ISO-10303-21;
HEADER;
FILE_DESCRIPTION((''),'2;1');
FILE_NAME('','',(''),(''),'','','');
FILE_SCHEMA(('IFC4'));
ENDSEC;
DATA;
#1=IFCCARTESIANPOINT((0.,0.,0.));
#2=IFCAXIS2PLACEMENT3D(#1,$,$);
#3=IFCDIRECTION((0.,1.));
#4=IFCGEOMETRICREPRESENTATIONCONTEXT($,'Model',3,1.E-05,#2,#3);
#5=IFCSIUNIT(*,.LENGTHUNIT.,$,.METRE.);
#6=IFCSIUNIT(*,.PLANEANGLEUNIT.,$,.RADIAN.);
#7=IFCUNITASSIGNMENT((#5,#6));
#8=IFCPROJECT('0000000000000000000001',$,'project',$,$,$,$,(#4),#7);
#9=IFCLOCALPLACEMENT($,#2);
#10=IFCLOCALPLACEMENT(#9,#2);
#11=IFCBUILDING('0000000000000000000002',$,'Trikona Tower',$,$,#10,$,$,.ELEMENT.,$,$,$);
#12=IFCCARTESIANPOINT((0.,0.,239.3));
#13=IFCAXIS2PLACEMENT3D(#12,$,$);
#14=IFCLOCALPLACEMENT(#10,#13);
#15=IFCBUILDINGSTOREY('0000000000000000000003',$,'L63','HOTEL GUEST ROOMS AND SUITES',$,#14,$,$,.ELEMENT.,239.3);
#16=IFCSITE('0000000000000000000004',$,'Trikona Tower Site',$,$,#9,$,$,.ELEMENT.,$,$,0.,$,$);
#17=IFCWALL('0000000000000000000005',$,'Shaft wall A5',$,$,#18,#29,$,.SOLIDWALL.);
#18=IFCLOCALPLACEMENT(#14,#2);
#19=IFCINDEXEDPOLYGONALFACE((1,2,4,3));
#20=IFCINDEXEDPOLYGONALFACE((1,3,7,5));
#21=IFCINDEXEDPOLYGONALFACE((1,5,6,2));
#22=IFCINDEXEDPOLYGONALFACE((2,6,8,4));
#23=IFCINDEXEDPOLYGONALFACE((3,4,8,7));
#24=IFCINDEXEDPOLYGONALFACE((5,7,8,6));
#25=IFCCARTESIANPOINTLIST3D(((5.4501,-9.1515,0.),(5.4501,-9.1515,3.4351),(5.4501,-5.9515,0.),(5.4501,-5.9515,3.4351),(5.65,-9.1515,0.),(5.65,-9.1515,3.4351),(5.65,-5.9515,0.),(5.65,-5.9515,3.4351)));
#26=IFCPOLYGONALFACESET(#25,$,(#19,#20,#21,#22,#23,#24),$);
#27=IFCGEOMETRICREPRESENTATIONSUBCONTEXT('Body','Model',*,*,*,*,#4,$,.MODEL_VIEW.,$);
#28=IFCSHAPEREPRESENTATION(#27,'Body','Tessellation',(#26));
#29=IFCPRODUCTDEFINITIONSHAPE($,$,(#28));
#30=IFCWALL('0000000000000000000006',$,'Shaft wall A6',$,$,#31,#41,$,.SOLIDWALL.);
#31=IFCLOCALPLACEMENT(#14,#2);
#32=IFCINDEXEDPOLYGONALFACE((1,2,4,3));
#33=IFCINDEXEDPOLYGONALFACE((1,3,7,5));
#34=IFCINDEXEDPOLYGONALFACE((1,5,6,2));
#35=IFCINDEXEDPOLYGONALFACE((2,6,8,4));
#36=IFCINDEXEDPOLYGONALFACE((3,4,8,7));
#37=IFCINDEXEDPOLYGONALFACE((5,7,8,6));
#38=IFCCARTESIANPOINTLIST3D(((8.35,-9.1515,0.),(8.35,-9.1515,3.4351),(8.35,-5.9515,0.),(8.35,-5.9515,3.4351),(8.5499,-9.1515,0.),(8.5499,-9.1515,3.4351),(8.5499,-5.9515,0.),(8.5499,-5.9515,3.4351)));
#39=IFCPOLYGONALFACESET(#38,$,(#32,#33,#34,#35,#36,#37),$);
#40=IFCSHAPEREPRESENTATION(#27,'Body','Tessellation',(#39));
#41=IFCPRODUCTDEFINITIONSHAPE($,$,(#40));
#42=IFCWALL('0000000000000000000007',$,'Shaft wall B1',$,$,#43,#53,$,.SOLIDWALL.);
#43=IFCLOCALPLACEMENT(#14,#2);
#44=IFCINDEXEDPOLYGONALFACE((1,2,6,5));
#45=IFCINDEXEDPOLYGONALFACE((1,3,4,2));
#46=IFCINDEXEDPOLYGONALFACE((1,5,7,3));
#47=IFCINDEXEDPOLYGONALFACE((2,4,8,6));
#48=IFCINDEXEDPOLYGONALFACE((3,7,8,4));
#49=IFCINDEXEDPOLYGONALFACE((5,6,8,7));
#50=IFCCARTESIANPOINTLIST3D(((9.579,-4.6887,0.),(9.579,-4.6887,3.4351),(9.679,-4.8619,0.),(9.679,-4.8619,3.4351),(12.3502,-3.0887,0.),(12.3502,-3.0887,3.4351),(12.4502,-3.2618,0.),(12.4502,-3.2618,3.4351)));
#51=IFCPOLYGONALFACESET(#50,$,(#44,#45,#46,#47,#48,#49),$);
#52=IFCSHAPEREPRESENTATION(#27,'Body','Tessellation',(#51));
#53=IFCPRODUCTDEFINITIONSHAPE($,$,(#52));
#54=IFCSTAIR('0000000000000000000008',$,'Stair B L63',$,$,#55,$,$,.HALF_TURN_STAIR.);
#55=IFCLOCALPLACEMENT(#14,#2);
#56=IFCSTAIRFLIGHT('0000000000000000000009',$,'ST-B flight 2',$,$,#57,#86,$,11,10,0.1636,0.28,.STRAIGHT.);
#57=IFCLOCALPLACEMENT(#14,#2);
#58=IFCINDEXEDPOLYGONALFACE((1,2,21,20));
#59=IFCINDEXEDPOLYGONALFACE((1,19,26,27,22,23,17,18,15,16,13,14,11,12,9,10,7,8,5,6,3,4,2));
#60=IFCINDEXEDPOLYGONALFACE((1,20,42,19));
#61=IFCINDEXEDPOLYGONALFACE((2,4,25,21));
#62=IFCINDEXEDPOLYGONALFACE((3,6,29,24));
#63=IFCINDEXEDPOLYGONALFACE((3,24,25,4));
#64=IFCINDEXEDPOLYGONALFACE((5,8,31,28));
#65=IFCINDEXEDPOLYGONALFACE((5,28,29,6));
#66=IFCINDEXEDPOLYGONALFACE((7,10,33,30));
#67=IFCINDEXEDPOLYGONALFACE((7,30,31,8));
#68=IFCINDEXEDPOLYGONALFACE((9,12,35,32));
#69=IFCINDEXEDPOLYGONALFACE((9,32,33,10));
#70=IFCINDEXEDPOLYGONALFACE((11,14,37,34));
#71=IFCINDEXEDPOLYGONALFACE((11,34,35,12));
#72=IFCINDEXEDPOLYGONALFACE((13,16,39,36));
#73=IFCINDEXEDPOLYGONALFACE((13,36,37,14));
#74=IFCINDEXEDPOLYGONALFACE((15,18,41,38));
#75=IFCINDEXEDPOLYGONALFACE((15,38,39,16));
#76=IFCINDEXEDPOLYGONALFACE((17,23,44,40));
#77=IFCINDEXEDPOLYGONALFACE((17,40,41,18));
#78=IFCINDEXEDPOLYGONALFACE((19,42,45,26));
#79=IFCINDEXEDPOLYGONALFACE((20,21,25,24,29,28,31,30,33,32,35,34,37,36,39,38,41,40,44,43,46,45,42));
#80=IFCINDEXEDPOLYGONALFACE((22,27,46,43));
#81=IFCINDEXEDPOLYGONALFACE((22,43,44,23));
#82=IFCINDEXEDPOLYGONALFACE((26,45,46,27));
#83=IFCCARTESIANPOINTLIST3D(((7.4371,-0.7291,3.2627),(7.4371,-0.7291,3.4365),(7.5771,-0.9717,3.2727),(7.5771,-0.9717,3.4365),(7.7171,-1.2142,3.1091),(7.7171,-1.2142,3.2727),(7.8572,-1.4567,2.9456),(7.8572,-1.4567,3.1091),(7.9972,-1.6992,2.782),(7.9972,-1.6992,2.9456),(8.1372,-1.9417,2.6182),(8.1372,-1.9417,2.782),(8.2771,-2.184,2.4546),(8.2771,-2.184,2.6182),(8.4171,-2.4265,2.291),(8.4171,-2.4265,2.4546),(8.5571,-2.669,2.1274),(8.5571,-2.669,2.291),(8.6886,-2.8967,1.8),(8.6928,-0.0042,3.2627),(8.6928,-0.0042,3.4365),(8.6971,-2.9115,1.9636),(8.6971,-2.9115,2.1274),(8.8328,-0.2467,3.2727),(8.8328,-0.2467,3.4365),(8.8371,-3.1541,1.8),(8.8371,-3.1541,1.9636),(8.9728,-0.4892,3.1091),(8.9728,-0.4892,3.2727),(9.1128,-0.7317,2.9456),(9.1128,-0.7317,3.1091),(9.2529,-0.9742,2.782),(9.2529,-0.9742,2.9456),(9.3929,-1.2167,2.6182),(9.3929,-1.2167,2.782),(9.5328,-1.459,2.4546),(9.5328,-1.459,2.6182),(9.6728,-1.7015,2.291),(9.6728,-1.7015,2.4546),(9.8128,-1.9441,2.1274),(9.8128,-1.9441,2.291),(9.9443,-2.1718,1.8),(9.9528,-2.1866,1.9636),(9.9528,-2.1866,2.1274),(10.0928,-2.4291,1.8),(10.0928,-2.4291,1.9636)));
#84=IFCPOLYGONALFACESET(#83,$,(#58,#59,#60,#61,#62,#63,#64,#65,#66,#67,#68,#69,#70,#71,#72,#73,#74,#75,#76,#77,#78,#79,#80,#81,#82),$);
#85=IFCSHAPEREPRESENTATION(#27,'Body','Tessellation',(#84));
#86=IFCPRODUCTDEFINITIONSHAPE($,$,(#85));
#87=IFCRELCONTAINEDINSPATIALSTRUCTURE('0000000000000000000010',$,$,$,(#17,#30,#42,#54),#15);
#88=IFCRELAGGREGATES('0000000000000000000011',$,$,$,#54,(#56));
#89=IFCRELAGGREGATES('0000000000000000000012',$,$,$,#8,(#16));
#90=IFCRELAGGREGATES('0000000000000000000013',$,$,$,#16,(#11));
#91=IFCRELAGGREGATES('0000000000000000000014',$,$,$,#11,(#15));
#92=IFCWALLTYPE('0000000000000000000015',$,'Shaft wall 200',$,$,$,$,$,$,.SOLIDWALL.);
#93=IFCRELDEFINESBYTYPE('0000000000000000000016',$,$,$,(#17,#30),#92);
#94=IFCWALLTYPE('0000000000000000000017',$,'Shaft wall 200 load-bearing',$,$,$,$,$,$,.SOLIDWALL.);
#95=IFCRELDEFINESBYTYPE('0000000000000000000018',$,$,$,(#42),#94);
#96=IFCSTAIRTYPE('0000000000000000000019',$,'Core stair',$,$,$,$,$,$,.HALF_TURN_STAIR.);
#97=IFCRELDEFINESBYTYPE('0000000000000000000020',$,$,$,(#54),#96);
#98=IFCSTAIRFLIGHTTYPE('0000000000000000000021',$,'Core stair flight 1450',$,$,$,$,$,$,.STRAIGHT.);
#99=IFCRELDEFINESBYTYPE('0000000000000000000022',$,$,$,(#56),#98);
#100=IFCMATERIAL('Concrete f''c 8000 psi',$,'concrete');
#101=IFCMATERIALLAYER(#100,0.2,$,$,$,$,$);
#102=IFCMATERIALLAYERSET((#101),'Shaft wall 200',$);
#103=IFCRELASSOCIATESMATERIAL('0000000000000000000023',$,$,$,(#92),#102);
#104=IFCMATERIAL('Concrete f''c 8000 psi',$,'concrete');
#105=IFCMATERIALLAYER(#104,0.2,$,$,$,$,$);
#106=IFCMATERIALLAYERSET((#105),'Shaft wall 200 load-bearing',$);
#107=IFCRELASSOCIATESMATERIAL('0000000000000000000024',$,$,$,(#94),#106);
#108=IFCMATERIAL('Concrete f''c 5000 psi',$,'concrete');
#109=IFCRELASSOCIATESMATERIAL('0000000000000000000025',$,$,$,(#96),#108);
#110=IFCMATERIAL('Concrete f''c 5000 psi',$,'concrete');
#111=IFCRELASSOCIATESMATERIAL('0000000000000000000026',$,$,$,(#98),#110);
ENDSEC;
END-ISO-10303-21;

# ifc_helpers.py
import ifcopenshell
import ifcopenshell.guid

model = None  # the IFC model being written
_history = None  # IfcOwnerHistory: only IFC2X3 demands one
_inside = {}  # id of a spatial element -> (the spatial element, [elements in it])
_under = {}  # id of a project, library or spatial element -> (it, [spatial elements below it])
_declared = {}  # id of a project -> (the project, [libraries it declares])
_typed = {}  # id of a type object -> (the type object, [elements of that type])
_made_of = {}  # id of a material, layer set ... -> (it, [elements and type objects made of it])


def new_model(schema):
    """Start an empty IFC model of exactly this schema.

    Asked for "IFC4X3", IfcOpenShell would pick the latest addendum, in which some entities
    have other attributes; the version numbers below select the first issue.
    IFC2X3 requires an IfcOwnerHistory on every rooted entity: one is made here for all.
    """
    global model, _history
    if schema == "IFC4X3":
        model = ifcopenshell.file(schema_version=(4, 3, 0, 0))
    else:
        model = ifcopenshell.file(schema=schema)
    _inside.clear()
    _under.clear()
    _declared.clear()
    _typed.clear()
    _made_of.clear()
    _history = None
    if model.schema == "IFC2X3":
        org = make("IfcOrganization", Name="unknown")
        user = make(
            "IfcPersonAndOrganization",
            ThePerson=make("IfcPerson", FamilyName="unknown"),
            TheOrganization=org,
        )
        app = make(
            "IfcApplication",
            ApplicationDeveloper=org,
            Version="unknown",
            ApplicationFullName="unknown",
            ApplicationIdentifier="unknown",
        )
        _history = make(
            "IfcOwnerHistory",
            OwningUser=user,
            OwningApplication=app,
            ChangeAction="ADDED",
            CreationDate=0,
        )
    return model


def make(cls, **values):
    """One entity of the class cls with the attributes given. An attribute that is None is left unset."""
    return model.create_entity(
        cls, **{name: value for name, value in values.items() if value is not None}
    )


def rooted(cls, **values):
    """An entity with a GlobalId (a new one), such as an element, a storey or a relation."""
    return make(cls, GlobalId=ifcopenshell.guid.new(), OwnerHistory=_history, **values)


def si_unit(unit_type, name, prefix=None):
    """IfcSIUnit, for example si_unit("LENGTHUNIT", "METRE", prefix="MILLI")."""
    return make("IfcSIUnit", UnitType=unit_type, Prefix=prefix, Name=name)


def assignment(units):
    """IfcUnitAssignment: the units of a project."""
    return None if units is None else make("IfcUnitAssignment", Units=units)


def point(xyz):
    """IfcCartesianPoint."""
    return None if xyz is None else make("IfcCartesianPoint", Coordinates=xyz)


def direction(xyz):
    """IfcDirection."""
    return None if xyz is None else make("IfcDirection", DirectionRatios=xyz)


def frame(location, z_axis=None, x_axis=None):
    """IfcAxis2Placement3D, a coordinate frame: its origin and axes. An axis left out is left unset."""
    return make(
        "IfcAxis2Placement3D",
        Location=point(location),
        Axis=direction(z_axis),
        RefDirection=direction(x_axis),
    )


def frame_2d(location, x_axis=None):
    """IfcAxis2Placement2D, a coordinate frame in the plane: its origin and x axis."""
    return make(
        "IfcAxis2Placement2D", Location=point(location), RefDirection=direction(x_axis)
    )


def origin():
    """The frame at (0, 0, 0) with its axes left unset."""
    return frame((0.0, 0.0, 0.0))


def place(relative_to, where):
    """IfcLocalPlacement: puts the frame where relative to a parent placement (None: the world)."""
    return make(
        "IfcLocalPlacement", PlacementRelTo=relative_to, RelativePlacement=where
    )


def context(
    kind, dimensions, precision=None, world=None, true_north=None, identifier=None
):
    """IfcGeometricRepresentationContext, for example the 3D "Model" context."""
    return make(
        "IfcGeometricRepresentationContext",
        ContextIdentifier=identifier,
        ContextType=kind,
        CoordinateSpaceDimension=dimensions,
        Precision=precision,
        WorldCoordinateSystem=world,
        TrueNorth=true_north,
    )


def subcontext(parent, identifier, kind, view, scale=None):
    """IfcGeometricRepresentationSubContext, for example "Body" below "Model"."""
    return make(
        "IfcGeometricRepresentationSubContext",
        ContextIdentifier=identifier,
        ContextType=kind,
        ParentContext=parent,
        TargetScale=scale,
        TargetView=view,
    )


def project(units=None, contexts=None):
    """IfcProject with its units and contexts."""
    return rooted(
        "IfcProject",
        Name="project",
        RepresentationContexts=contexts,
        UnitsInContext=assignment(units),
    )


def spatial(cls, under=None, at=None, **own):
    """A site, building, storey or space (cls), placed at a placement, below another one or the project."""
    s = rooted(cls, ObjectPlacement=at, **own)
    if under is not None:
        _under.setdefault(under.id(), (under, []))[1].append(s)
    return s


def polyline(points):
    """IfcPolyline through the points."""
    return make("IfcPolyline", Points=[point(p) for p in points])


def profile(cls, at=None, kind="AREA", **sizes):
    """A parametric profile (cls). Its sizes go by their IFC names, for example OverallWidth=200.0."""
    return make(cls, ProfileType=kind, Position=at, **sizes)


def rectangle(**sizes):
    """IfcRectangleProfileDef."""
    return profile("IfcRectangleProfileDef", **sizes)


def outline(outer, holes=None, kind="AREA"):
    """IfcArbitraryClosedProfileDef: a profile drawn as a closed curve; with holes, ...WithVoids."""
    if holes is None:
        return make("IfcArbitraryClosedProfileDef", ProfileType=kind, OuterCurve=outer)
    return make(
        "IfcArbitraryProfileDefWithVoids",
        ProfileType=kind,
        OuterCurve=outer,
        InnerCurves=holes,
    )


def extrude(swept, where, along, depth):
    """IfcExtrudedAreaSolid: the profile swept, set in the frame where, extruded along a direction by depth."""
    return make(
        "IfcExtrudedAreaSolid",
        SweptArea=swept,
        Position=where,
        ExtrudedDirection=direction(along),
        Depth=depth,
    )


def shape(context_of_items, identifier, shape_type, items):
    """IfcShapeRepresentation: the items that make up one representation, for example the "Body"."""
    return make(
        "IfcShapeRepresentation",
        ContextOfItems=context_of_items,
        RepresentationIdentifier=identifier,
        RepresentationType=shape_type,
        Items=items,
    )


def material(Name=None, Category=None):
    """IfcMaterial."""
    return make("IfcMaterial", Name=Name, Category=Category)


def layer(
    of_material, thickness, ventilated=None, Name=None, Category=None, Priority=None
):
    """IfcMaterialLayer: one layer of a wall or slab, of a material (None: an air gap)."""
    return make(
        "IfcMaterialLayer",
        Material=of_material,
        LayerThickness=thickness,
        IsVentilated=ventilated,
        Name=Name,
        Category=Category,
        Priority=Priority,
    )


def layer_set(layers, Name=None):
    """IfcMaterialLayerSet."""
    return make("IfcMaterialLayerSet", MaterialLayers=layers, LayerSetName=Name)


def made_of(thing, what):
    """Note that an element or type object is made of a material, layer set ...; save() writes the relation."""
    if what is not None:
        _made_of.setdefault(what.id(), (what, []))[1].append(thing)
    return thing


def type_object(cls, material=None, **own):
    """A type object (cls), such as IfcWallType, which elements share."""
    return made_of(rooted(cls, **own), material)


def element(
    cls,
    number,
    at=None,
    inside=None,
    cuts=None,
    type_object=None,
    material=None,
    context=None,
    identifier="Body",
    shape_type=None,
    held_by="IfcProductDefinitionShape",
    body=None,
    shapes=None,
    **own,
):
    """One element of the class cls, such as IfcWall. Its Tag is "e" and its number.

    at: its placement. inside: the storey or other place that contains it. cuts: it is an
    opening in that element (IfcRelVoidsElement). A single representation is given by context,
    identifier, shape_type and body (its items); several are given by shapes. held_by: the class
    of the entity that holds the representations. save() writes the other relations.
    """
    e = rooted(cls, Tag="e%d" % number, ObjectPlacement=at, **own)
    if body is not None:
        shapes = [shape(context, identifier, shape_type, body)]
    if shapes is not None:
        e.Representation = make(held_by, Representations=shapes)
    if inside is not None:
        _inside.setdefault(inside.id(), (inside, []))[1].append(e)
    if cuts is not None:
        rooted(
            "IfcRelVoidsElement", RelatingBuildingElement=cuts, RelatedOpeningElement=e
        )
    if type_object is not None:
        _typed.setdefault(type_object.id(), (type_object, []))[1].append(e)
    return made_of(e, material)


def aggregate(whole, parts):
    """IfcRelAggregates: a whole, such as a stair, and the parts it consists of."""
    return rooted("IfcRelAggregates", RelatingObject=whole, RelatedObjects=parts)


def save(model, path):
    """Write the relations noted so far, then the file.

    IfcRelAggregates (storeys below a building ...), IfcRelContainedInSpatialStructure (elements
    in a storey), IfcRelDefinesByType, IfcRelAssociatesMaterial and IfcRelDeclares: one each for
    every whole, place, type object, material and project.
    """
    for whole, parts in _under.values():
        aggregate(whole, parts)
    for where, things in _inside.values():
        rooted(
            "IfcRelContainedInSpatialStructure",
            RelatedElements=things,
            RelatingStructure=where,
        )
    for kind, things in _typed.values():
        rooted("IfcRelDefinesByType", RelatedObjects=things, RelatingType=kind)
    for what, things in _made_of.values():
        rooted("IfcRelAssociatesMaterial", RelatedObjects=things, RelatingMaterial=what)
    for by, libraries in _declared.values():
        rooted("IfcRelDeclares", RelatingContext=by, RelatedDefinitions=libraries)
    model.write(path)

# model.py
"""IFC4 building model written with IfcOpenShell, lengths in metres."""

from ifc_helpers import new_model, si_unit, direction, frame, frame_2d, origin, place, context, subcontext, project, spatial, polyline, rectangle, outline, extrude, material, layer, layer_set, type_object, element, aggregate, save


model = new_model("IFC4")

# Units and contexts
model_context = context("Model", 3, precision=1e-05, world=origin(), true_north=direction((0.0, 1.0)))
body_context = subcontext(model_context, "Body", "Model", "MODEL_VIEW")
ifc_project = project(units=[si_unit("LENGTHUNIT", "METRE"), si_unit("PLANEANGLEUNIT", "RADIAN")], contexts=[model_context])

# Site, building, storey
site_placement = place(None, origin())
site = spatial("IfcSite", under=ifc_project, at=site_placement, Name="Trikona Tower Site", CompositionType="ELEMENT", RefElevation=0.0)
building_placement = place(site_placement, origin())
building = spatial("IfcBuilding", under=site, at=building_placement, Name="Trikona Tower", CompositionType="ELEMENT")
storey_placement = place(building_placement, frame((0.0, 0.0, 239.3)))
storey = spatial("IfcBuildingStorey", under=building, at=storey_placement, Name="L63", Description="HOTEL GUEST ROOMS AND SUITES", CompositionType="ELEMENT", Elevation=239.3)

# Walls
ifc_material_1 = material(Name="Concrete f'c 8000 psi", Category="concrete")
ifc_layer_1 = layer(ifc_material_1, 0.2)
ifc_layer_set_1 = layer_set([ifc_layer_1], Name="Shaft wall 200")
wall_type_1 = type_object("IfcWallType", Name="Shaft wall 200", PredefinedType="SOLIDWALL", material=ifc_layer_set_1)
for number, where, z_axis, x_axis, name in (
    (1, (5.55, -5.9514, 0.0), (0.0, 0.0, 1.0), (0.0, -1.0, 0.0), "Shaft wall A5"),
    (2, (8.45, -5.9514, 0.0), (0.0, 0.0, 1.0), (0.0, -1.0, 0.0), "Shaft wall A6"),
):
    element("IfcWall", number, at=place(storey_placement, frame(where, z_axis=z_axis, x_axis=x_axis)), inside=storey, type_object=wall_type_1, Name=name, PredefinedType="SOLIDWALL", context=body_context, shape_type="SweptSolid", body=[
        extrude(rectangle(XDim=3.2, YDim=0.2, at=frame_2d((1.6001, 0.0))), origin(), (0.0, 0.0, 1.0), 3.4351),
    ])
ifc_material_2 = material(Name="Concrete f'c 8000 psi", Category="concrete")
ifc_layer_2 = layer(ifc_material_2, 0.2)
ifc_layer_set_2 = layer_set([ifc_layer_2], Name="Shaft wall 200 load-bearing")
wall_type_2 = type_object("IfcWallType", Name="Shaft wall 200 load-bearing", PredefinedType="SOLIDWALL", material=ifc_layer_set_2)
wall_1_placement = place(storey_placement, frame((9.6289, -4.7754, 0.0), z_axis=(0.0, 0.0, 1.0), x_axis=(0.866009, 0.500028, 0.0)))
element("IfcWall", 3, at=wall_1_placement, inside=storey, type_object=wall_type_2, Name="Shaft wall B1", PredefinedType="SOLIDWALL", context=body_context, shape_type="SweptSolid", body=[
    extrude(rectangle(XDim=3.2, YDim=0.2, at=frame_2d((1.6001, 0.0))), origin(), (0.0, 0.0, 1.0), 3.4351),
])

# Stair, stair flight
ifc_material_3 = material(Name="Concrete f'c 5000 psi", Category="concrete")
stair_type = type_object("IfcStairType", Name="Core stair", PredefinedType="HALF_TURN_STAIR", material=ifc_material_3)
stair_placement = place(storey_placement, origin())
stair = element("IfcStair", 4, at=stair_placement, inside=storey, type_object=stair_type, Name="Stair B L63", PredefinedType="HALF_TURN_STAIR")
ifc_material_4 = material(Name="Concrete f'c 5000 psi", Category="concrete")
stair_flight_type = type_object("IfcStairFlightType", Name="Core stair flight 1450", PredefinedType="STRAIGHT", material=ifc_material_4)
stair_flight_placement = place(storey_placement, frame((9.4651, -2.7915, 1.8), z_axis=(0.0, 0.0, 1.0), x_axis=(-0.5, 0.866025, 0.0)))
stair_flight = element("IfcStairFlight", 5, at=stair_flight_placement, type_object=stair_flight_type, Name="ST-B flight 2", NumberOfRisers=11, NumberOfTreads=10, PredefinedType="STRAIGHT", RiserHeight=0.1636, TreadLength=0.28, context=body_context, shape_type="SweptSolid", body=[
    extrude(outline(polyline([(0.0, 0.0), (0.0, 0.1636), (0.28, 0.1636), (0.28, 0.3274), (0.5601, 0.3274), (0.5601, 0.491), (0.8401, 0.491), (0.8401, 0.6545), (1.1201, 0.6545), (1.1201, 0.8181), (1.3999, 0.8181), (1.3999, 0.9819), (1.6799, 0.9819), (1.6799, 1.1455), (1.96, 1.1455), (1.96, 1.3091), (2.24, 1.3091), (2.24, 1.4727), (2.52, 1.4727), (2.52, 1.6365), (2.8, 1.6365), (2.8, 1.8), (2.8, 1.4626), (0.2971, 0.0), (0.0, 0.0)])), frame((0.0, 0.7251, 0.0), z_axis=(0.0, -1.0, 0.0), x_axis=(1.0, 0.0, 0.0)), (0.0, 0.0, 1.0), 1.45),
])
aggregate(stair, [stair_flight])

save(model, "model.ifc")
